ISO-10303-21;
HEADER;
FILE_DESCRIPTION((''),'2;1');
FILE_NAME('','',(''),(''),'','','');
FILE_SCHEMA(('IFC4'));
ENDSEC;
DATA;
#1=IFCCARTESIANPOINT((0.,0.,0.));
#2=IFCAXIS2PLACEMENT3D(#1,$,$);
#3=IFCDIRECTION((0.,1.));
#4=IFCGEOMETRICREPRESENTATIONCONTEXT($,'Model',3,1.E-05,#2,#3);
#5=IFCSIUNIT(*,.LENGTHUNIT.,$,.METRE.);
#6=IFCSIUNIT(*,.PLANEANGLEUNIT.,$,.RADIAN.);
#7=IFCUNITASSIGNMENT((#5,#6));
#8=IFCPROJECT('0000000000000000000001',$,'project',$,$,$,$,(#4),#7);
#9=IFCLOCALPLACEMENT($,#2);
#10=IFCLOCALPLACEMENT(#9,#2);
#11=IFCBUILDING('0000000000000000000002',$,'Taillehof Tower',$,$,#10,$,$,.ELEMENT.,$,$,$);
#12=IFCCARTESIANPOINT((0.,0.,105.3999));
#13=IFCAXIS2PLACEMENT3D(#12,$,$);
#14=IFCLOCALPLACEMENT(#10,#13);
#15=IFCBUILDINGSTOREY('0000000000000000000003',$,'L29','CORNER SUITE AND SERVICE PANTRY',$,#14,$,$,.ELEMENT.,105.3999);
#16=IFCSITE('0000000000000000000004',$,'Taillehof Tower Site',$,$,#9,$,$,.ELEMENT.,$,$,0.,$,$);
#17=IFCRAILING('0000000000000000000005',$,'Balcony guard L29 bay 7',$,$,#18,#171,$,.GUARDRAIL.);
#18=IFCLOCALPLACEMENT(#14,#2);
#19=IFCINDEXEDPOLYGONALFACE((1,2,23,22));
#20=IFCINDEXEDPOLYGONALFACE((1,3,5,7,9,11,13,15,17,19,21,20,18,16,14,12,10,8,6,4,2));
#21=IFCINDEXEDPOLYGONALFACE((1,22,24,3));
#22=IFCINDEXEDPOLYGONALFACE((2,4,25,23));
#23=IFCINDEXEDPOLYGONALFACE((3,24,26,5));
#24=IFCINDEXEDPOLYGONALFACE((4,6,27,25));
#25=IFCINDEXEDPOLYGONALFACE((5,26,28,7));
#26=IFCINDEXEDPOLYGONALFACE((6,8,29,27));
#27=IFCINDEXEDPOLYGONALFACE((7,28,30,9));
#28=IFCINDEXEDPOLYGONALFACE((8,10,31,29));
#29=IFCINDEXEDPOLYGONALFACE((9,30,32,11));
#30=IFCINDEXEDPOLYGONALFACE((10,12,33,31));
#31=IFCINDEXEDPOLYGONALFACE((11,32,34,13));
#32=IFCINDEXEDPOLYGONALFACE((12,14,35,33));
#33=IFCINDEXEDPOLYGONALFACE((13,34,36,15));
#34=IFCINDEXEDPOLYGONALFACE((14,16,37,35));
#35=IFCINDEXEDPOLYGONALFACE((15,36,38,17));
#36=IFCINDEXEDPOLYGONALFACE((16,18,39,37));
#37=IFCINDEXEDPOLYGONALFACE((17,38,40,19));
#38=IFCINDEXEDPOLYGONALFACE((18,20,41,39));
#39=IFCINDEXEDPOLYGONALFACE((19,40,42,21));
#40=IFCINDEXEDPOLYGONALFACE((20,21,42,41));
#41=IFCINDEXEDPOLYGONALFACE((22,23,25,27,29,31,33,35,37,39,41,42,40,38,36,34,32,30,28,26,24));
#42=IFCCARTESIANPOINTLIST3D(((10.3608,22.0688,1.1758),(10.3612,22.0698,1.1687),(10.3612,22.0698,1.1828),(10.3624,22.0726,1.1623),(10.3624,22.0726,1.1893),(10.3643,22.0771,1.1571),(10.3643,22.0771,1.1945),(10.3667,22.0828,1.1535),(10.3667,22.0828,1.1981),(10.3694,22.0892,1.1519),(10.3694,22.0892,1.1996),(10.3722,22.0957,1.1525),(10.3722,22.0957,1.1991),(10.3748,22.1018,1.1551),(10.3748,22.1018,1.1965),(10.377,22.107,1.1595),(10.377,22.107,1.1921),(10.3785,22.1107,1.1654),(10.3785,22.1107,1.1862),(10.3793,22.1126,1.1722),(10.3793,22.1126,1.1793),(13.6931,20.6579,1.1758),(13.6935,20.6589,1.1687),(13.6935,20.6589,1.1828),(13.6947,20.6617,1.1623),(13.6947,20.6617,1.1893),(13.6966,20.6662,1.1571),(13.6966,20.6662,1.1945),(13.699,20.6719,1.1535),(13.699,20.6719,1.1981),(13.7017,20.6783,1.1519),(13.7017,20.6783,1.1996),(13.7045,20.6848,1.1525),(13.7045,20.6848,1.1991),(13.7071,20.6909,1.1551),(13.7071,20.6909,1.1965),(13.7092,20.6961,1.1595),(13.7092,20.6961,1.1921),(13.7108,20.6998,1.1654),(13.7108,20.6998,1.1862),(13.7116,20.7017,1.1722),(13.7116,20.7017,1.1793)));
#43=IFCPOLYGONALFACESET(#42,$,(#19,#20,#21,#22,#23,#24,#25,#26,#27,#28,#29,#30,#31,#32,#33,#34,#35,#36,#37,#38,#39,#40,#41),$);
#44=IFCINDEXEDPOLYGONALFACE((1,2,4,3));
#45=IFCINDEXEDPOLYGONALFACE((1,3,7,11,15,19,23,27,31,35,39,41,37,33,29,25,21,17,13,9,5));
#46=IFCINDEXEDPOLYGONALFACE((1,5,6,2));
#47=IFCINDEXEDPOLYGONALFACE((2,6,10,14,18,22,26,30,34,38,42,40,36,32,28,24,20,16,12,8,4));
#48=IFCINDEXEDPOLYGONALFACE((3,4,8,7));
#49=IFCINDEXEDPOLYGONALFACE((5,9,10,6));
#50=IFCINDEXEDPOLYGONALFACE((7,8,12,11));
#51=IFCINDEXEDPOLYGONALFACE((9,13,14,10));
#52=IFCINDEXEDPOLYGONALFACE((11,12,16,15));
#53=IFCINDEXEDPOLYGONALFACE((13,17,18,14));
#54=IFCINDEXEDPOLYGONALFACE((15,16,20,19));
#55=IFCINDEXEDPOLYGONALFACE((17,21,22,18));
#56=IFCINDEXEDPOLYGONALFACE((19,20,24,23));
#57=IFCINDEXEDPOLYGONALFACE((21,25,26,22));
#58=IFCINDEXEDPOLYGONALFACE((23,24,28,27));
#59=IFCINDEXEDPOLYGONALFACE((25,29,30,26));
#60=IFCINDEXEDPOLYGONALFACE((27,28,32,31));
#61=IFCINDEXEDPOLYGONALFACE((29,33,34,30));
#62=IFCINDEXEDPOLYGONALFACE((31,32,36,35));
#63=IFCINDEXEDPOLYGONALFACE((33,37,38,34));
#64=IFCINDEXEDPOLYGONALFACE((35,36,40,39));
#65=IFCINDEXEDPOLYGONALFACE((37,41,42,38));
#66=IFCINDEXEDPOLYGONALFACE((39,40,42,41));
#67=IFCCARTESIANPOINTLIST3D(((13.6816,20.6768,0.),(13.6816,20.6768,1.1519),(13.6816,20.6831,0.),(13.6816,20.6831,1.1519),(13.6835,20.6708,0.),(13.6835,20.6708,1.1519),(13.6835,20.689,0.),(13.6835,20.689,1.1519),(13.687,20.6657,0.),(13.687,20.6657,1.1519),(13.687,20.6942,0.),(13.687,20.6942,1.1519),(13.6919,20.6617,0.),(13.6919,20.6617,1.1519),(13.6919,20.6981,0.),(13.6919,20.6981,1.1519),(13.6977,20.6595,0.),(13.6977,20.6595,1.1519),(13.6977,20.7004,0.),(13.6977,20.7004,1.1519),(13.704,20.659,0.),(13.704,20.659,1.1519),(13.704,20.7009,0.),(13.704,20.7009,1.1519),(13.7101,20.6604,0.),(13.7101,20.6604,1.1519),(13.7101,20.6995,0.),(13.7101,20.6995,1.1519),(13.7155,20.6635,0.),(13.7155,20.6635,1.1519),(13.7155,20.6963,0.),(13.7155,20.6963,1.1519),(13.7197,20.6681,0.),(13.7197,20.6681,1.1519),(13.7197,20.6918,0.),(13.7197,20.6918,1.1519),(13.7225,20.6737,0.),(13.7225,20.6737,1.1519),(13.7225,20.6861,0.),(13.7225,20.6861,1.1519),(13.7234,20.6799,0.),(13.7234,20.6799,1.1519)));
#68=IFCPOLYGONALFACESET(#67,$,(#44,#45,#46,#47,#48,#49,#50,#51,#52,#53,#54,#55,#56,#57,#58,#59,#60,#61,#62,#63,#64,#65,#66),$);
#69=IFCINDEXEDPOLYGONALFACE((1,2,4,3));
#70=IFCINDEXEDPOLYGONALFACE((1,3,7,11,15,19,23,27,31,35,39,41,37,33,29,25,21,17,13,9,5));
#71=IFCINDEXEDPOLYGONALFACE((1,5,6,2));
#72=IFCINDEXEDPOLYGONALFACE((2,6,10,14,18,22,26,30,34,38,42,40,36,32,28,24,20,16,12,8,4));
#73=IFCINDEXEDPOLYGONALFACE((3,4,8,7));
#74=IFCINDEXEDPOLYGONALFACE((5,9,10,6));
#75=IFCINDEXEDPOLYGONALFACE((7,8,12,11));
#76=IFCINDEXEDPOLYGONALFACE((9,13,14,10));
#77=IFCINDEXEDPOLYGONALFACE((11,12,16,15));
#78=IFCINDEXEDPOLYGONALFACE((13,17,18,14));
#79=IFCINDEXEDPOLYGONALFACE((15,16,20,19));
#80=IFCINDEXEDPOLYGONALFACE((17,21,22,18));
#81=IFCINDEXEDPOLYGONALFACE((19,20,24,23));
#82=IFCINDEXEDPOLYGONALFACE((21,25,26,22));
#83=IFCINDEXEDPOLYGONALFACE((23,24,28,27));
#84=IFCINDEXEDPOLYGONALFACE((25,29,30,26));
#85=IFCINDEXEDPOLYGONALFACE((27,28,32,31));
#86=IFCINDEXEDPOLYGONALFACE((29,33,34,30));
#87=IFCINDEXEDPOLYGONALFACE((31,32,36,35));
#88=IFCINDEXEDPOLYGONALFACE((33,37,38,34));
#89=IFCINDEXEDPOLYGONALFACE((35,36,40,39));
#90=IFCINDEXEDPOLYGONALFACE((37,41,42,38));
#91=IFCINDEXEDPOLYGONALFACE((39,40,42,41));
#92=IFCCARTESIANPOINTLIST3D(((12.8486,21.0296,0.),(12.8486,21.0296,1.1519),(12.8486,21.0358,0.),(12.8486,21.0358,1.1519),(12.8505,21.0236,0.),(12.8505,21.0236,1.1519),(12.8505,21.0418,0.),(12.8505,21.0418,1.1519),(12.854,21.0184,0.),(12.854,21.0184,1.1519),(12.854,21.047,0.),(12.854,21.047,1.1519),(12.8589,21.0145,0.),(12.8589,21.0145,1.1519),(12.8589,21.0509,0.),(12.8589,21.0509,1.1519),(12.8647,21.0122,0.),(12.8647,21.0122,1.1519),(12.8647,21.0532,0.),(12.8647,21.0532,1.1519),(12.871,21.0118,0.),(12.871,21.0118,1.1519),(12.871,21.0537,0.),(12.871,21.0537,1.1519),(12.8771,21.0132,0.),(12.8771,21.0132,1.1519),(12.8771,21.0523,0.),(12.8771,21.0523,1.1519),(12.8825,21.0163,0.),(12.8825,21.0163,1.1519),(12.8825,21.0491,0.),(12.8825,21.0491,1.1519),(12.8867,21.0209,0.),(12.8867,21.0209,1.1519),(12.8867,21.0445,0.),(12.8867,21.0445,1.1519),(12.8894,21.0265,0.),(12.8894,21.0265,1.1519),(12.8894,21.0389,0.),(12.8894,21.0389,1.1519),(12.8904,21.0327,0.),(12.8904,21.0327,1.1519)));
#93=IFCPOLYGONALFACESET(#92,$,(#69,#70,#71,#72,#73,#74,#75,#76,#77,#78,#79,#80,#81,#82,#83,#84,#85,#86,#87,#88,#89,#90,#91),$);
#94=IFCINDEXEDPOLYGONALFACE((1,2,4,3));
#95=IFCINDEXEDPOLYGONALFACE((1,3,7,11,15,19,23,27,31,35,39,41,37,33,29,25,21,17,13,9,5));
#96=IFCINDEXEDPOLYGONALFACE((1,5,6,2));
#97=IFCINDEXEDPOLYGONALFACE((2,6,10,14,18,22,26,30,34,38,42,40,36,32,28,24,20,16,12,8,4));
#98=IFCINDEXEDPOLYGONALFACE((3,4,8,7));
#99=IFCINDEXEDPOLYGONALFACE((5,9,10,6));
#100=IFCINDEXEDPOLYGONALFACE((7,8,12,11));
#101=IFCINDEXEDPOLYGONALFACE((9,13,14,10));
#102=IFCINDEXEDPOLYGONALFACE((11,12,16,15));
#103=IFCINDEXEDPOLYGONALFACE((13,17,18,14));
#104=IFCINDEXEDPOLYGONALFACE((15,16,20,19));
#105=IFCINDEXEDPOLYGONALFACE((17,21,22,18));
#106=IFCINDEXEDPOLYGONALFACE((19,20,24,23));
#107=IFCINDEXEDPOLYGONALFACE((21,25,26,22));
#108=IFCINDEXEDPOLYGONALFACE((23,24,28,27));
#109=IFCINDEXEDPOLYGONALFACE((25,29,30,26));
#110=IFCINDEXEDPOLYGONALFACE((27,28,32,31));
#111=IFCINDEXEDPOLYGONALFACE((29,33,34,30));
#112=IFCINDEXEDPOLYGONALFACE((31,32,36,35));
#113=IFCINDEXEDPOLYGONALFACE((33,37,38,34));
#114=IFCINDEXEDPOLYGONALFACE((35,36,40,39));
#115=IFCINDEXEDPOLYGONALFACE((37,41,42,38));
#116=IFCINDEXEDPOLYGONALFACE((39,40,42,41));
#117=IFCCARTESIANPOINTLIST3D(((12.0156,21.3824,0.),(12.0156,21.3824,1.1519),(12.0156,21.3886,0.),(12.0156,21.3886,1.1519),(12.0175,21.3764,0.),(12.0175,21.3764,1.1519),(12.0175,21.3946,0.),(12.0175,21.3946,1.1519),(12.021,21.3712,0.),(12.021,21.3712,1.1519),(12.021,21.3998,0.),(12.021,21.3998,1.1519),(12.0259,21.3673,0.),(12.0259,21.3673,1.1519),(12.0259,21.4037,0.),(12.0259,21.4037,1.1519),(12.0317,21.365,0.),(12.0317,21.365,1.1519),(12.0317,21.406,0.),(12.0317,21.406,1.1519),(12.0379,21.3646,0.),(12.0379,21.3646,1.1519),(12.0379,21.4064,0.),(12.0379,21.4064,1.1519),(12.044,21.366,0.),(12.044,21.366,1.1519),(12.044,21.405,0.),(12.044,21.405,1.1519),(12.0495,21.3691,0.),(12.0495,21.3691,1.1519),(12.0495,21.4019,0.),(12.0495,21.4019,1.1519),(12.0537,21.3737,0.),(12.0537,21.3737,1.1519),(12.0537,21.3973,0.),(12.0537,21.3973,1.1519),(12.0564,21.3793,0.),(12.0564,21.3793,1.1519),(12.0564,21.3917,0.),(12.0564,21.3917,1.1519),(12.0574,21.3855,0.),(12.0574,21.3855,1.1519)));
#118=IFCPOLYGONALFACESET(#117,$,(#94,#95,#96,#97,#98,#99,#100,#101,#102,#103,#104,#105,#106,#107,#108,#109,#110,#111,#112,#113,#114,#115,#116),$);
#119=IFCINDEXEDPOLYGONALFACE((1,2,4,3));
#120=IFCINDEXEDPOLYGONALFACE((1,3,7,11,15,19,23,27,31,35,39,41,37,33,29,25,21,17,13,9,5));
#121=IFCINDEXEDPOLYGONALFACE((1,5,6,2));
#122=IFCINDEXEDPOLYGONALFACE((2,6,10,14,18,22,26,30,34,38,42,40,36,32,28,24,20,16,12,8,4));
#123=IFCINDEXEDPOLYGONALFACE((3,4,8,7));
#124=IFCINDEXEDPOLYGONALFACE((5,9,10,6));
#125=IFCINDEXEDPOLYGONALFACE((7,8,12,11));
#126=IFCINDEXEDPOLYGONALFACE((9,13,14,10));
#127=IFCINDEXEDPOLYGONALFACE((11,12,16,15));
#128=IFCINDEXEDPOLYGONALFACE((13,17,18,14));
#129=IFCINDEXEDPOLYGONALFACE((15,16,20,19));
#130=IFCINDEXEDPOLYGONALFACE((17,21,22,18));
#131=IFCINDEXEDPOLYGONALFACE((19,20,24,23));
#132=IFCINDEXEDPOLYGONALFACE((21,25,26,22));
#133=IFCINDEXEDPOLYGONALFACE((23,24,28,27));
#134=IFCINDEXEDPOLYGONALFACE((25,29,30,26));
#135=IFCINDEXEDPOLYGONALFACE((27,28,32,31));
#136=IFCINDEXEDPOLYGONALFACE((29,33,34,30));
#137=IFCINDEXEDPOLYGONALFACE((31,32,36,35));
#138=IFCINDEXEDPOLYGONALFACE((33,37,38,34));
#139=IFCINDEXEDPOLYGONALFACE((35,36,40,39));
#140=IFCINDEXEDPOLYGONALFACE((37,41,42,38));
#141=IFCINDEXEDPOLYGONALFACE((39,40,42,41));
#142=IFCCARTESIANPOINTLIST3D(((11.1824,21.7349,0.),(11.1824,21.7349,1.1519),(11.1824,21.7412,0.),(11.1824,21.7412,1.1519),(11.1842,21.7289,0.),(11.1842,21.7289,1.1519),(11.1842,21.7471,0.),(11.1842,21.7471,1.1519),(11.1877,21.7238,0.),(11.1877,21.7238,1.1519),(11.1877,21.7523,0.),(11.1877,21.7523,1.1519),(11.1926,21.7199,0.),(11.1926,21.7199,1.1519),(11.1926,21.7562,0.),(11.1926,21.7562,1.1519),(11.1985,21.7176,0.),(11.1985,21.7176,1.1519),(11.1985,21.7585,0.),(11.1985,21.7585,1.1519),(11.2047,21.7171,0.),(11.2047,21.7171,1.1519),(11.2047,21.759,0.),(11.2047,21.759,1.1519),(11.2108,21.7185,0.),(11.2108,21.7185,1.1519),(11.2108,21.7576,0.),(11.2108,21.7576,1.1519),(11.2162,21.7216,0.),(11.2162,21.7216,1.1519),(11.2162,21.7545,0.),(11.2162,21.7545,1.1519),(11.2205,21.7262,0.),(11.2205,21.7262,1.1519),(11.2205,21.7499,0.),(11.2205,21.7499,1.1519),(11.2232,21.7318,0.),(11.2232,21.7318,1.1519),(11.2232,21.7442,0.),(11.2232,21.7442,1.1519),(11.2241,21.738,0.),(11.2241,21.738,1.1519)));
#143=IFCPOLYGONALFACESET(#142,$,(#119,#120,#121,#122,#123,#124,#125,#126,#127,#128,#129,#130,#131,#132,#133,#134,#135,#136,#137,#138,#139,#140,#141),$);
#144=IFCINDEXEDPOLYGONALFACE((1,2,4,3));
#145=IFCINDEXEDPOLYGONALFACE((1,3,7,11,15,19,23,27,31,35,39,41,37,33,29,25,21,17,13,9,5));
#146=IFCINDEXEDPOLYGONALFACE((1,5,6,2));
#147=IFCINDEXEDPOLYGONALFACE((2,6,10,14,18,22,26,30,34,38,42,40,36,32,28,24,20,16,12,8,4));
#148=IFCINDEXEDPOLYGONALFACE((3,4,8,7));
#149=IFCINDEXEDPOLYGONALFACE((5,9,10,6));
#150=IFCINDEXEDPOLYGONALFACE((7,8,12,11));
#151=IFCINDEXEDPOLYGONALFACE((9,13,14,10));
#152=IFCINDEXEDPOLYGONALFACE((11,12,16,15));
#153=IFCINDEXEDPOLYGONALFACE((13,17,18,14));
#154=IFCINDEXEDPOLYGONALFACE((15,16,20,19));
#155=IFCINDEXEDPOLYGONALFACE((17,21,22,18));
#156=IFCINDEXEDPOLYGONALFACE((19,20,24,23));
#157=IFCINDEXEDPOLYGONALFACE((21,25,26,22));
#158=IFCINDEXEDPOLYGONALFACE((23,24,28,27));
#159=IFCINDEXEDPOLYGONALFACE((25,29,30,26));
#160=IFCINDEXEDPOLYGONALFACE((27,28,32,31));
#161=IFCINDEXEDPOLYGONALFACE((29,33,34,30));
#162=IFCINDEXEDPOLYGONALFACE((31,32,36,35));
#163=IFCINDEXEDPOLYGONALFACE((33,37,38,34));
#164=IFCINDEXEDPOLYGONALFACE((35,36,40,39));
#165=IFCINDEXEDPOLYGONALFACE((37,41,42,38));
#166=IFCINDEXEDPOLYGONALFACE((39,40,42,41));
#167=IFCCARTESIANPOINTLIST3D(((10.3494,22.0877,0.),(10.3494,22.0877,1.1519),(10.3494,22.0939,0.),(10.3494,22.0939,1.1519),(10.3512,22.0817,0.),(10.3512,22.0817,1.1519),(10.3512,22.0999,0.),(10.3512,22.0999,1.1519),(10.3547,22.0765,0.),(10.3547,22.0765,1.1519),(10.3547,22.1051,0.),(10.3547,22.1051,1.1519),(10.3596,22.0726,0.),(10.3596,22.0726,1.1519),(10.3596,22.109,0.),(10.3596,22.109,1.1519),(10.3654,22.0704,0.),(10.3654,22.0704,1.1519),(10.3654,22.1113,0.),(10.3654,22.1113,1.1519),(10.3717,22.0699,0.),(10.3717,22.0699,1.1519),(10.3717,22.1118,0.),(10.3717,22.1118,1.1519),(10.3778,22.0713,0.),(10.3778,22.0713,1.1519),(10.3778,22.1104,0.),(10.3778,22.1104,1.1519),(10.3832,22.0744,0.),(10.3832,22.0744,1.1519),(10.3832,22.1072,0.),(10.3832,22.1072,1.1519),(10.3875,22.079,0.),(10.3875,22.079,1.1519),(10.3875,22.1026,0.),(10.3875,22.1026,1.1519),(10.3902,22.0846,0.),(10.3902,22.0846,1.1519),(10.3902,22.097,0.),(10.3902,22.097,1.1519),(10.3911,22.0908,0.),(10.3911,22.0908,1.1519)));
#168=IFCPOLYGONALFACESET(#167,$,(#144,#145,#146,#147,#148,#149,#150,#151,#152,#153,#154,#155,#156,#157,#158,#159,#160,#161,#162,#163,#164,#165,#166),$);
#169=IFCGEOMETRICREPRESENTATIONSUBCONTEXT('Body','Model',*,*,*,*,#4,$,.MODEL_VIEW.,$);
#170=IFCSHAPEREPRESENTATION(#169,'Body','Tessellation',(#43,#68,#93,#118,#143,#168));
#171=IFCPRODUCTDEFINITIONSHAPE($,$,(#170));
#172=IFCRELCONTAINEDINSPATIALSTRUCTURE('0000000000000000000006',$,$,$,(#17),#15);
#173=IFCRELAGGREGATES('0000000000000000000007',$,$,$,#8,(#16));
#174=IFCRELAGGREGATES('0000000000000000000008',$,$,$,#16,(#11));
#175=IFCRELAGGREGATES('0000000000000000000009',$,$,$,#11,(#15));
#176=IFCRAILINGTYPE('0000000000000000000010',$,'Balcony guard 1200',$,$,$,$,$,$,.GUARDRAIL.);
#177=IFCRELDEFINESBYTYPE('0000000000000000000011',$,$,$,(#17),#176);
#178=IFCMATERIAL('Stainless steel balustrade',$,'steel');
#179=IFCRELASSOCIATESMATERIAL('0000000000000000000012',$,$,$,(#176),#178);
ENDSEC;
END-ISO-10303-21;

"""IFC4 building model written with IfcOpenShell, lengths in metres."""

from ifc_helpers import new_model, si_unit, direction, frame, origin, origin_2d, place, context, subcontext, project, spatial, circle, extrude, material, type_object, element, save


model = new_model("IFC4")

# Units and contexts
model_context = context("Model", 3, precision=1e-05, world=origin(), true_north=direction((0.0, 1.0)))
body_context = subcontext(model_context, "Body", "Model", "MODEL_VIEW")
ifc_project = project(units=[si_unit("LENGTHUNIT", "METRE"), si_unit("PLANEANGLEUNIT", "RADIAN")], contexts=[model_context])

# Site, building, storey
site_placement = place(None, origin())
site = spatial("IfcSite", under=ifc_project, at=site_placement, Name="Taillehof Tower Site", CompositionType="ELEMENT", RefElevation=0.0)
building_placement = place(site_placement, origin())
building = spatial("IfcBuilding", under=site, at=building_placement, Name="Taillehof Tower", CompositionType="ELEMENT")
storey_placement = place(building_placement, frame((0.0, 0.0, 105.3999)))
storey = spatial("IfcBuildingStorey", under=building, at=storey_placement, Name="L29", Description="CORNER SUITE AND SERVICE PANTRY", CompositionType="ELEMENT", Elevation=105.3999)

# Railing
ifc_material_1 = material(Name="Stainless steel balustrade", Category="steel")
railing_type = type_object("IfcRailingType", Name="Balcony guard 1200", PredefinedType="GUARDRAIL", material=ifc_material_1)
railing_1_placement = place(storey_placement, frame((13.7024, 20.6799, 0.0)))
element("IfcRailing", 1, at=railing_1_placement, inside=storey, type_object=railing_type, Name="Balcony guard L29 bay 7", PredefinedType="GUARDRAIL", context=body_context, shape_type="SweptSolid", body=[
    extrude(circle(Radius=0.0239, at=origin_2d()), frame((0.0, 0.0, 1.1758), z_axis=(-0.92086, 0.389893, 0.0), x_axis=(-0.389893, -0.92086, 0.0)), (0.0, 0.0, 1.0), 3.6187),
    extrude(circle(Radius=0.021, at=origin_2d()), origin(), (0.0, 0.0, 1.0), 1.1519),
    extrude(circle(Radius=0.021, at=origin_2d()), frame((-0.833, 0.3528, 0.0)), (0.0, 0.0, 1.0), 1.1519),
    extrude(circle(Radius=0.021, at=origin_2d()), frame((-1.666, 0.7056, 0.0)), (0.0, 0.0, 1.0), 1.1519),
    extrude(circle(Radius=0.021, at=origin_2d()), frame((-2.4993, 1.0581, 0.0)), (0.0, 0.0, 1.0), 1.1519),
    extrude(circle(Radius=0.021, at=origin_2d()), frame((-3.3323, 1.4109, 0.0)), (0.0, 0.0, 1.0), 1.1519),
])

save(model, "model.ifc")
